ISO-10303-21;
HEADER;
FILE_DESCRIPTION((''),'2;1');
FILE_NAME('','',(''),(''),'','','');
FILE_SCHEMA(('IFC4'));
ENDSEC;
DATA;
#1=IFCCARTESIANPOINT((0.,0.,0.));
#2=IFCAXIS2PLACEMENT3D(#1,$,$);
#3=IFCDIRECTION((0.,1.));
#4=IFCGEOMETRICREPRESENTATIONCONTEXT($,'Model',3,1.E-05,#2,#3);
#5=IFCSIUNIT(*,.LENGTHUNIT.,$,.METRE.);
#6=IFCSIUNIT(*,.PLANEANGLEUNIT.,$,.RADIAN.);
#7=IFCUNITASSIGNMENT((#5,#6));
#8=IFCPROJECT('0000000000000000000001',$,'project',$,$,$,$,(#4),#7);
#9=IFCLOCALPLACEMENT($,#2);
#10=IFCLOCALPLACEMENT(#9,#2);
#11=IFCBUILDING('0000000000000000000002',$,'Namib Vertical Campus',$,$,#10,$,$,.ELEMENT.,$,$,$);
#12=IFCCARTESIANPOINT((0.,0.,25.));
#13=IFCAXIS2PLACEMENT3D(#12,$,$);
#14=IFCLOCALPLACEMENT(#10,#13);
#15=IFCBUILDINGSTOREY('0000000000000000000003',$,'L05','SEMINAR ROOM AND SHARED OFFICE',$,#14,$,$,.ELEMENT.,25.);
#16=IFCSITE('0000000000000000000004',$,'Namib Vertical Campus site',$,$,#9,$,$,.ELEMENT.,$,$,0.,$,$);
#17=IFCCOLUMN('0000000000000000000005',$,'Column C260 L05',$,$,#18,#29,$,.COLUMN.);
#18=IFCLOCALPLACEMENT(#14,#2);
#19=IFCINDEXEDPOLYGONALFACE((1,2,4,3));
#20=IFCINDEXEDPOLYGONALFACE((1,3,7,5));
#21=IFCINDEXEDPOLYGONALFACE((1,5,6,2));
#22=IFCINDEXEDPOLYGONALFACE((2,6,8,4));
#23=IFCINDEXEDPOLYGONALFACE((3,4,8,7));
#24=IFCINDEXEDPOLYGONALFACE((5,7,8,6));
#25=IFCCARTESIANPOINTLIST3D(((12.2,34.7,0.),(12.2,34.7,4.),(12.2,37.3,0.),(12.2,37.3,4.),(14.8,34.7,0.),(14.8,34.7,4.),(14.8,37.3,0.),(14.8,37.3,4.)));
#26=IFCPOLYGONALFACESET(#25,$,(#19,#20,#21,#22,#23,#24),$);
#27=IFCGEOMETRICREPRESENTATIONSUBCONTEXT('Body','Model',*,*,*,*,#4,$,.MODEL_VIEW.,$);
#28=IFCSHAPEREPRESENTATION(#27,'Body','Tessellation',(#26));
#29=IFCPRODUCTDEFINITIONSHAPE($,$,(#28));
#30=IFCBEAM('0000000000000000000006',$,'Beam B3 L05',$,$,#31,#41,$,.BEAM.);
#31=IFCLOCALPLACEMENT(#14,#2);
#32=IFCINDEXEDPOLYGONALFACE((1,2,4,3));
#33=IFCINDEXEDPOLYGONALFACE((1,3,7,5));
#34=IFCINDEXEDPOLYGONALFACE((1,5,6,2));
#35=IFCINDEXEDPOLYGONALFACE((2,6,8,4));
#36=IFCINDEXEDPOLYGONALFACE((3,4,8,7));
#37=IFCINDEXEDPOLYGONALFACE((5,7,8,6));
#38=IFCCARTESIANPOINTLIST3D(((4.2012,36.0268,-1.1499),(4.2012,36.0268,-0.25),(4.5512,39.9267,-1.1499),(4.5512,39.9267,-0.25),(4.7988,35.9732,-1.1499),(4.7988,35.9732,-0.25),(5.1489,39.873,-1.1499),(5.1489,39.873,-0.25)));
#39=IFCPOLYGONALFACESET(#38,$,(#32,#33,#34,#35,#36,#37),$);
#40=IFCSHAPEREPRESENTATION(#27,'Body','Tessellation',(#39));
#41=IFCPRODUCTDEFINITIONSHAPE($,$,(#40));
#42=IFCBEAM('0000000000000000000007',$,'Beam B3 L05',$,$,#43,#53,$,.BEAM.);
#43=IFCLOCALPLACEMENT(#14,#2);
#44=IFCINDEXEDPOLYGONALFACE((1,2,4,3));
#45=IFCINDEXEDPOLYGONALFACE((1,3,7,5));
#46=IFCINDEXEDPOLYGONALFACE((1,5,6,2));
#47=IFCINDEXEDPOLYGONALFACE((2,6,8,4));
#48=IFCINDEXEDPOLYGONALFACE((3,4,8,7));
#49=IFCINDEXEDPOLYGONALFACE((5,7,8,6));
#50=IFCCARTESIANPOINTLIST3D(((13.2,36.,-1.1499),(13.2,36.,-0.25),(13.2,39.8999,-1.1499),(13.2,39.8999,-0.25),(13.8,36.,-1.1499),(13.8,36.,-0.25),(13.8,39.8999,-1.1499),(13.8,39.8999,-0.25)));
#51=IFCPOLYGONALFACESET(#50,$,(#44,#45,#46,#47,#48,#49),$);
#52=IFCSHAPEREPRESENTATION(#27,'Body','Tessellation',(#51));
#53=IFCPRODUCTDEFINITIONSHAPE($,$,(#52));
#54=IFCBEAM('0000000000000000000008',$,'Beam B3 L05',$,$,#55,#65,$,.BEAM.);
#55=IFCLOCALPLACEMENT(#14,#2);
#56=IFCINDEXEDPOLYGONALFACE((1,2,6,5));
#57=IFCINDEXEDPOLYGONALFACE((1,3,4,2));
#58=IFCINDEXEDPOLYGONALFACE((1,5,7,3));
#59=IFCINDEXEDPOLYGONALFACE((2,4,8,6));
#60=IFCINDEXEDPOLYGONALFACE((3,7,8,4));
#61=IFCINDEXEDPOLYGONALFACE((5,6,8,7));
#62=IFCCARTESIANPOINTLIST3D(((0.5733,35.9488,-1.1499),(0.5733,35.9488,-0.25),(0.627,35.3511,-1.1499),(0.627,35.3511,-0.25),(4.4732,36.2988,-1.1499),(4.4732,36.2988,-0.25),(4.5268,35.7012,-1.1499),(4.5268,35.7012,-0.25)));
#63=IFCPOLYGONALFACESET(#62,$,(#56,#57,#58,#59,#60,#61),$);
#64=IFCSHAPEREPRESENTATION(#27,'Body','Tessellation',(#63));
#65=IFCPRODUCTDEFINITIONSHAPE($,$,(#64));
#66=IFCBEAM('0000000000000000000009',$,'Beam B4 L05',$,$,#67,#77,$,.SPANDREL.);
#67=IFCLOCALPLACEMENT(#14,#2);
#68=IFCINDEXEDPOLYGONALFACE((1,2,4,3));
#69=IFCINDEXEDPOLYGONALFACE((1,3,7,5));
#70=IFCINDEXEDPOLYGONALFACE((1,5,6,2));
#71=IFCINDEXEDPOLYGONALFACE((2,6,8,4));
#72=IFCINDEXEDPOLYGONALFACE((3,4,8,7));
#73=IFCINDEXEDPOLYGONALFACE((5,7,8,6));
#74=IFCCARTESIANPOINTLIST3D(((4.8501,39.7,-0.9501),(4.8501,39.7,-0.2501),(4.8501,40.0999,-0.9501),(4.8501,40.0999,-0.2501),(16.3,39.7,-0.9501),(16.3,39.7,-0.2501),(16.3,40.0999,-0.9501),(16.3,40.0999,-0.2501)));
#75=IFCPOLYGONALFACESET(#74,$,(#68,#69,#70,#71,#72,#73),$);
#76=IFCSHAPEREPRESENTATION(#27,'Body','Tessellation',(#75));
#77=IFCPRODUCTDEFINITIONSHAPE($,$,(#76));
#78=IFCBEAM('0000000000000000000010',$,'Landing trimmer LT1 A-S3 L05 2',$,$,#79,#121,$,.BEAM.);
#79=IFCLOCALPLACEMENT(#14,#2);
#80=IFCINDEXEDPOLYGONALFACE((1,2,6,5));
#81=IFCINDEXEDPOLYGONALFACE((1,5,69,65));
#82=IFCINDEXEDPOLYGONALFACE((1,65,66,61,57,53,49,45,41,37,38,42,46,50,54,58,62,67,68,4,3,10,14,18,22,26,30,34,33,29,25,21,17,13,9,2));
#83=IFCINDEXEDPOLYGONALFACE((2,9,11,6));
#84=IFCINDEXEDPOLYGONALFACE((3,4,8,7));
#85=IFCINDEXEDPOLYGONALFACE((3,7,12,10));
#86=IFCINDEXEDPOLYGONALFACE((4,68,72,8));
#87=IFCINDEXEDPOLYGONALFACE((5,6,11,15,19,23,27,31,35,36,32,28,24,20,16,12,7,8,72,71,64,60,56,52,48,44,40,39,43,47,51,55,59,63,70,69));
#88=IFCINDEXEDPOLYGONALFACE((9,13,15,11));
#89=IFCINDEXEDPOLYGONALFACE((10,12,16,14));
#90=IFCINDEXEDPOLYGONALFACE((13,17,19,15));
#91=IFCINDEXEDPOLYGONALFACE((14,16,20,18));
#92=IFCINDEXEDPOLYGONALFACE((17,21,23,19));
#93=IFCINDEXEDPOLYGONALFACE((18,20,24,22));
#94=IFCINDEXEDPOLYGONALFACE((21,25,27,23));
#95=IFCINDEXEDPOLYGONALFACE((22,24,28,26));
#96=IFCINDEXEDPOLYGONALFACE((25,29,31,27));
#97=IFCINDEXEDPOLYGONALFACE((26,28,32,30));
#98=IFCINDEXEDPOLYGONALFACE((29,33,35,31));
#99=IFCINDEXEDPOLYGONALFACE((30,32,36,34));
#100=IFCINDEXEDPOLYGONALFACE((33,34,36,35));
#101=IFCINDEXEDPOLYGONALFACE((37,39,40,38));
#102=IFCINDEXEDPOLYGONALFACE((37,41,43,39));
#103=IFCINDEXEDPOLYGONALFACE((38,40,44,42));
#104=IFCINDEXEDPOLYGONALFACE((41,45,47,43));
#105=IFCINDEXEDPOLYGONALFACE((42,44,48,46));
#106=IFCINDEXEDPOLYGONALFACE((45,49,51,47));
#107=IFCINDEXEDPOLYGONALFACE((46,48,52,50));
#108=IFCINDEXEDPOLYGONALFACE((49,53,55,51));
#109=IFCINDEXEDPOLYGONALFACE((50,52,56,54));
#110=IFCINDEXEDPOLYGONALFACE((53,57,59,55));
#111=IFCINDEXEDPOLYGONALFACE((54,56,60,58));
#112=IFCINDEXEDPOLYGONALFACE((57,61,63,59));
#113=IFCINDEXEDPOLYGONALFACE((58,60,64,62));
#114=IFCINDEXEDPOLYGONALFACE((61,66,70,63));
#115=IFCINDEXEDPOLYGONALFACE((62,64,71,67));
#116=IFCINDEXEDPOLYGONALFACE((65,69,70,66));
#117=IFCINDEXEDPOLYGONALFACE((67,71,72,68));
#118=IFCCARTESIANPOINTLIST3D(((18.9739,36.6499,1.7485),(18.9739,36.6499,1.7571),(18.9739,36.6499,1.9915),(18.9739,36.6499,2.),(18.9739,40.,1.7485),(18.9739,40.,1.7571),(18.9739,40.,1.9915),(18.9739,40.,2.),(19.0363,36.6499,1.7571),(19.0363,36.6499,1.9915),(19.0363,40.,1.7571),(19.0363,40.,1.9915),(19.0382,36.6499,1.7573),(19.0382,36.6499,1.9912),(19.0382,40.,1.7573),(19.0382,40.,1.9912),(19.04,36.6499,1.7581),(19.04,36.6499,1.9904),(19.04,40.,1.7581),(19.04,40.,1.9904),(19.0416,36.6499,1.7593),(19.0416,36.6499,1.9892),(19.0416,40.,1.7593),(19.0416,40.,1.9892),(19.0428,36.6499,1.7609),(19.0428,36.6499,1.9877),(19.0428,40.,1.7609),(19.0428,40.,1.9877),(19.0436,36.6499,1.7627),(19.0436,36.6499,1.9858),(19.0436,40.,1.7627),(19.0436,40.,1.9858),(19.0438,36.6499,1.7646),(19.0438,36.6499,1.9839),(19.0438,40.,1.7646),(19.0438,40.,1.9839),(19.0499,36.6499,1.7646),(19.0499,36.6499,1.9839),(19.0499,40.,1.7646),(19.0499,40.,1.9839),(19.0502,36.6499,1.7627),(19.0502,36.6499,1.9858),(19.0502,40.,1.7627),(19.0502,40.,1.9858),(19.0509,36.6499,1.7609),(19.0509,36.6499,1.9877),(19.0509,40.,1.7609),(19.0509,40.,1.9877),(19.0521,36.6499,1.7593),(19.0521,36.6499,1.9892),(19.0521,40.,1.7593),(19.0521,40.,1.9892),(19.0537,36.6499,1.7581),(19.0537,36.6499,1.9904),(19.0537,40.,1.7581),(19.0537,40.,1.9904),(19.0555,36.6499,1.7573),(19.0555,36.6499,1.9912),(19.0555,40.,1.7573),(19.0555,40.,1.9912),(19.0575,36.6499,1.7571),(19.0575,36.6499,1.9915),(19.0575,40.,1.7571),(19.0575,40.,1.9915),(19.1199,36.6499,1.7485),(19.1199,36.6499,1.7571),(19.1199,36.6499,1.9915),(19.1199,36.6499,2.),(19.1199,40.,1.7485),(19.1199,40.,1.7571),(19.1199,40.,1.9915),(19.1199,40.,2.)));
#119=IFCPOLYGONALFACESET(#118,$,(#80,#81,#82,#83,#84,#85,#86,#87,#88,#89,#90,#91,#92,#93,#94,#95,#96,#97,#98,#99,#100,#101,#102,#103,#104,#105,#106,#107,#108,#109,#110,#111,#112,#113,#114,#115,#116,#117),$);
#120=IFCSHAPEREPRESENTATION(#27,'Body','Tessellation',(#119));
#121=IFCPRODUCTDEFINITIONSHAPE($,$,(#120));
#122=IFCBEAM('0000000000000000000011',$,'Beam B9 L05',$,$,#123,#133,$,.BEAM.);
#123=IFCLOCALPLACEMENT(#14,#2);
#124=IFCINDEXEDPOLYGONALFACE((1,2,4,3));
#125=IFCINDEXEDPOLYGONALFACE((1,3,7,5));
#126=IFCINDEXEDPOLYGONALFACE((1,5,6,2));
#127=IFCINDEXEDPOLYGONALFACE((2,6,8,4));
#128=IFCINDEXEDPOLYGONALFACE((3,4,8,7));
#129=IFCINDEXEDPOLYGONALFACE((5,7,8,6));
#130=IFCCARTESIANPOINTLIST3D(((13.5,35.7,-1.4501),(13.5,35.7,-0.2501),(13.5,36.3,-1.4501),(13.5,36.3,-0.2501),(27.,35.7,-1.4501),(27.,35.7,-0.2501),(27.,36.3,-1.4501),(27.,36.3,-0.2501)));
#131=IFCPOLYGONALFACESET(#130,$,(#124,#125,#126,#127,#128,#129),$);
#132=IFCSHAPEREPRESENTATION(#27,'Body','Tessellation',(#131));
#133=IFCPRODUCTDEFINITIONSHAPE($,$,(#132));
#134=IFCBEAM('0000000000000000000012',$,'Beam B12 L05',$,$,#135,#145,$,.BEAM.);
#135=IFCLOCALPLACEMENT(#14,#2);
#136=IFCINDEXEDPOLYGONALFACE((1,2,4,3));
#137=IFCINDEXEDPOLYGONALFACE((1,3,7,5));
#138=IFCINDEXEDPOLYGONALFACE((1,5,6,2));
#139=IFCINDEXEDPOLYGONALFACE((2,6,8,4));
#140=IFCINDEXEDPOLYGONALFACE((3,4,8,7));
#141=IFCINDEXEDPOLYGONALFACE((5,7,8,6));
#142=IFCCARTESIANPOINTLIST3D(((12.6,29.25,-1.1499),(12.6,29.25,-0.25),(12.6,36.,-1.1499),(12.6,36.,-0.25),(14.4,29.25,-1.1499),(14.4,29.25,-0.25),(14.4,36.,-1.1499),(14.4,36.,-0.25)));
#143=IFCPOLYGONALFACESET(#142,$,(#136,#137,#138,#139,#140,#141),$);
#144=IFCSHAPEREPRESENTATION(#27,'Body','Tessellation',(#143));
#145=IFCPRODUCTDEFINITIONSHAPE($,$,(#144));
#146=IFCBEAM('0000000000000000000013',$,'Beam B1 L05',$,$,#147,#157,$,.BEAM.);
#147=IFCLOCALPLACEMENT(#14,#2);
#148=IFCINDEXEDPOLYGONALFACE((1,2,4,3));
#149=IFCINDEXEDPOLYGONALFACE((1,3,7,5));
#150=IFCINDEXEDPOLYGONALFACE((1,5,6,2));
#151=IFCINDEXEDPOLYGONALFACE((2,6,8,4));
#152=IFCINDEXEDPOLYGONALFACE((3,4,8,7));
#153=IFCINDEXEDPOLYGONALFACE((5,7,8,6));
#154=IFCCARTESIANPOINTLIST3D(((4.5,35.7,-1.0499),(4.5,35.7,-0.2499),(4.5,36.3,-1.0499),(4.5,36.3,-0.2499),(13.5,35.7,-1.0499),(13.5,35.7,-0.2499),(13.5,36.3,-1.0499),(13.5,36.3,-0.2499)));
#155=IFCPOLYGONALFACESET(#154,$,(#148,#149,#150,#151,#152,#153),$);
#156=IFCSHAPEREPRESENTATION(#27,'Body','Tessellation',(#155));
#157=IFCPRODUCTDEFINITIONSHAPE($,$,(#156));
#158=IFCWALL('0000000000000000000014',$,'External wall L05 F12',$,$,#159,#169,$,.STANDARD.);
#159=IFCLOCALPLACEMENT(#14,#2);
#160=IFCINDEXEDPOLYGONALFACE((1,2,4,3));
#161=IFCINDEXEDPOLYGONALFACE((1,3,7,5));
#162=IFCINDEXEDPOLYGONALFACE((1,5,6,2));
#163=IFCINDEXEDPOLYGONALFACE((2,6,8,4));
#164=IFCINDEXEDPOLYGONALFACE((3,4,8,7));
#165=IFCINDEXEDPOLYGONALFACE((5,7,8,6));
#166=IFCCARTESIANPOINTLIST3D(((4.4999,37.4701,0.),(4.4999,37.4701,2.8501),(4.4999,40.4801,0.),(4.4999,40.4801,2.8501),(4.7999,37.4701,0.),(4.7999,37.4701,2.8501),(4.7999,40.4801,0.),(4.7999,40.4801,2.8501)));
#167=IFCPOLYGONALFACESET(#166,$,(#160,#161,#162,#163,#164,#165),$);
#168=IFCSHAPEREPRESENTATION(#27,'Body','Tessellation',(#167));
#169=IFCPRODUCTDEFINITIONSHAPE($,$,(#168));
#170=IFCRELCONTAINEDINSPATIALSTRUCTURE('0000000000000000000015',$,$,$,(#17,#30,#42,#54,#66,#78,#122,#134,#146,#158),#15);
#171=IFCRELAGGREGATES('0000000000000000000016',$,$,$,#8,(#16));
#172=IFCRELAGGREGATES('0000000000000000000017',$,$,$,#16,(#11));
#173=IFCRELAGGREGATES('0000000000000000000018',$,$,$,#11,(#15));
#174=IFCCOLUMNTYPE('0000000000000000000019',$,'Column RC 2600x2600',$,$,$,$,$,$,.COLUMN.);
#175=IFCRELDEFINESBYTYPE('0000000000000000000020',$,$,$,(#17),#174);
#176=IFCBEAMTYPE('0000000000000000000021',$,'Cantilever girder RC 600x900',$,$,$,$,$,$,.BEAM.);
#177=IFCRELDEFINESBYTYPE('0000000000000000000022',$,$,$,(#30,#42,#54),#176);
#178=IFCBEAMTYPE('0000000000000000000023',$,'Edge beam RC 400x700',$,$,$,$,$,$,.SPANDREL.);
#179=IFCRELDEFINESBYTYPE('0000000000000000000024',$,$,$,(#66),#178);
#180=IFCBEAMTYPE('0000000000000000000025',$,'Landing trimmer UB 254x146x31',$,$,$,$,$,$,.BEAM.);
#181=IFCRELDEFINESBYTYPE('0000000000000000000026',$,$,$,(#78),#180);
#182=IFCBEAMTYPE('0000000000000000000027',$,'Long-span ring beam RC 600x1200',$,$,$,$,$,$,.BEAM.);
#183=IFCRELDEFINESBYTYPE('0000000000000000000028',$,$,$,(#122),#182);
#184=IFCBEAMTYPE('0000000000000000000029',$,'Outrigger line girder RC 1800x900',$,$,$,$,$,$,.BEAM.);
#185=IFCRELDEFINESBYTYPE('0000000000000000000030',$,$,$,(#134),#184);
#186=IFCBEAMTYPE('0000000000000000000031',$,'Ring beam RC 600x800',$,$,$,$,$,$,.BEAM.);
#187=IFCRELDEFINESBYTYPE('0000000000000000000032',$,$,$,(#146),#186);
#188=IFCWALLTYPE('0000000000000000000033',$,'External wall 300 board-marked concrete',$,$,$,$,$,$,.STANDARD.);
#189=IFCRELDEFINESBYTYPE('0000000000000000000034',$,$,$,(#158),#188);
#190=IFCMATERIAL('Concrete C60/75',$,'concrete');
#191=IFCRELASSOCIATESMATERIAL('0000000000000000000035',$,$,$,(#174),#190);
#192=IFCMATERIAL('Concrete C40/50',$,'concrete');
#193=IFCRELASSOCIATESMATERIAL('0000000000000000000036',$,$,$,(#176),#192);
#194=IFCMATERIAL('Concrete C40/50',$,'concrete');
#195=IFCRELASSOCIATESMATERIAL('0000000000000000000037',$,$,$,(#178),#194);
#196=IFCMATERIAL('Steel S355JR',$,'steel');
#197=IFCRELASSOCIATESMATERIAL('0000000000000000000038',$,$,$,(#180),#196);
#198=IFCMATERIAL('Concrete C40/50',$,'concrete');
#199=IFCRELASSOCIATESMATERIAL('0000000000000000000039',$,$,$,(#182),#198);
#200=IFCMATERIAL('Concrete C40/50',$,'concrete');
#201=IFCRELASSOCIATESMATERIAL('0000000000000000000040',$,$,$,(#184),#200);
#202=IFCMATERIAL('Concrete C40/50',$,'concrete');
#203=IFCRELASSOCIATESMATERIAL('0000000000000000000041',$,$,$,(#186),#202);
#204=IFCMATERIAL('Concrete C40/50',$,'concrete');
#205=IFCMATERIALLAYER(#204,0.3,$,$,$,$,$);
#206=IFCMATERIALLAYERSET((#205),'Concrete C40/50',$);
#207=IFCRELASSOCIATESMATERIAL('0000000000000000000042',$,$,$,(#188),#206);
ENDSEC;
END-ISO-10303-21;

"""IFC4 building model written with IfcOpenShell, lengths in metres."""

from ifc_helpers import new_model, si_unit, direction, frame, frame_2d, origin, origin_2d, place, context, subcontext, project, spatial, rectangle, i_section, extrude, material, layer, layer_set, material_profile, profile_set, type_object, element, save


model = new_model("IFC4")

# Units and contexts
model_context = context("Model", 3, precision=1e-05, world=origin(), true_north=direction((0.0, 1.0)))
body_context = subcontext(model_context, "Body", "Model", "MODEL_VIEW")
ifc_project = project(units=[si_unit("LENGTHUNIT", "METRE"), si_unit("PLANEANGLEUNIT", "RADIAN")], contexts=[model_context])

# Site, building, storey
site_placement = place(None, origin())
site = spatial("IfcSite", under=ifc_project, at=site_placement, Name="Namib Vertical Campus site", CompositionType="ELEMENT", RefElevation=0.0)
building_placement = place(site_placement, origin())
building = spatial("IfcBuilding", under=site, at=building_placement, Name="Namib Vertical Campus", CompositionType="ELEMENT")
storey_placement = place(building_placement, frame((0.0, 0.0, 25.0)))
storey = spatial("IfcBuildingStorey", under=building, at=storey_placement, Name="L05", Description="SEMINAR ROOM AND SHARED OFFICE", CompositionType="ELEMENT", Elevation=25.0)

# Column
ifc_material_1 = material(Name="Concrete C60/75", Category="concrete")
ifc_material_profile_1 = material_profile(ifc_material_1, rectangle(XDim=2.6001, YDim=2.6001, at=origin_2d()))
ifc_profile_set_1 = profile_set([ifc_material_profile_1], Name="Concrete C60/75")
column_type = type_object("IfcColumnType", Name="Column RC 2600x2600", PredefinedType="COLUMN", material=ifc_profile_set_1)
column_placement = place(storey_placement, frame((13.5, 36.0, 0.0), z_axis=(0.0, 0.0, 1.0), x_axis=(1.0, 0.0, 0.0)))
element("IfcColumn", 1, at=column_placement, inside=storey, type_object=column_type, Name="Column C260 L05", PredefinedType="COLUMN", context=body_context, shape_type="SweptSolid", body=[
    extrude(rectangle(XDim=2.6001, YDim=2.6001, at=origin_2d()), origin(), (0.0, 0.0, 1.0), 4.0),
])

# Beams
ifc_material_2 = material(Name="Concrete C40/50", Category="concrete")
ifc_material_profile_2 = material_profile(ifc_material_2, rectangle(XDim=0.6001, YDim=0.8999, at=origin_2d()))
ifc_profile_set_2 = profile_set([ifc_material_profile_2], Name="Concrete C40/50")
beam_type_1 = type_object("IfcBeamType", Name="Cantilever girder RC 600x900", PredefinedType="BEAM", material=ifc_profile_set_2)
beam_1_placement = place(storey_placement, frame((4.5, 36.0, -0.7), z_axis=(0.089411, 0.995995, 0.0), x_axis=(-0.995995, 0.089411, 0.0)))
element("IfcBeam", 2, at=beam_1_placement, inside=storey, type_object=beam_type_1, Name="Beam B3 L05", PredefinedType="BEAM", context=body_context, shape_type="SweptSolid", body=[
    extrude(rectangle(XDim=0.6001, YDim=0.8999, at=origin_2d()), origin(), (0.0, 0.0, 1.0), 3.9155),
])
beam_2_placement = place(storey_placement, frame((13.5, 36.0, -0.7), z_axis=(0.0, 1.0, 0.0), x_axis=(-1.0, 0.0, 0.0)))
element("IfcBeam", 3, at=beam_2_placement, inside=storey, type_object=beam_type_1, Name="Beam B3 L05", PredefinedType="BEAM", context=body_context, shape_type="SweptSolid", body=[
    extrude(rectangle(XDim=0.6001, YDim=0.8999, at=origin_2d()), origin(), (0.0, 0.0, 1.0), 3.8999),
])
beam_3_placement = place(storey_placement, frame((4.5, 36.0, -0.7), z_axis=(-0.995995, -0.089411, 0.0), x_axis=(0.089411, -0.995995, 0.0)))
element("IfcBeam", 4, at=beam_3_placement, inside=storey, type_object=beam_type_1, Name="Beam B3 L05", PredefinedType="BEAM", context=body_context, shape_type="SweptSolid", body=[
    extrude(rectangle(XDim=0.6001, YDim=0.8999, at=origin_2d()), origin(), (0.0, 0.0, 1.0), 3.9155),
])
ifc_material_3 = material(Name="Concrete C40/50", Category="concrete")
ifc_material_profile_3 = material_profile(ifc_material_3, rectangle(XDim=0.3999, YDim=0.7, at=origin_2d()))
ifc_profile_set_3 = profile_set([ifc_material_profile_3], Name="Concrete C40/50")
beam_type_2 = type_object("IfcBeamType", Name="Edge beam RC 400x700", PredefinedType="SPANDREL", material=ifc_profile_set_3)
beam_4_placement = place(storey_placement, frame((4.8501, 39.8999, -0.6001), z_axis=(1.0, 0.0, 0.0), x_axis=(0.0, 1.0, 0.0)))
element("IfcBeam", 5, at=beam_4_placement, inside=storey, type_object=beam_type_2, Name="Beam B4 L05", PredefinedType="SPANDREL", context=body_context, shape_type="SweptSolid", body=[
    extrude(rectangle(XDim=0.3999, YDim=0.7, at=origin_2d()), origin(), (0.0, 0.0, 1.0), 11.45),
])
ifc_material_4 = material(Name="Steel S355JR", Category="steel")
ifc_material_profile_4 = material_profile(ifc_material_4, i_section(OverallWidth=0.146, OverallDepth=0.2515, WebThickness=0.0061, FlangeThickness=0.0085, FilletRadius=0.0076, at=origin_2d()))
ifc_profile_set_4 = profile_set([ifc_material_profile_4], Name="Steel S355JR")
beam_type_3 = type_object("IfcBeamType", Name="Landing trimmer UB 254x146x31", PredefinedType="BEAM", material=ifc_profile_set_4)
beam_5_placement = place(storey_placement, frame((19.0469, 36.6499, 1.8743), z_axis=(0.0, 1.0, 0.0), x_axis=(-1.0, 0.0, 0.0)))
element("IfcBeam", 6, at=beam_5_placement, inside=storey, type_object=beam_type_3, Name="Landing trimmer LT1 A-S3 L05 2", PredefinedType="BEAM", context=body_context, shape_type="SweptSolid", body=[
    extrude(i_section(OverallWidth=0.146, OverallDepth=0.2515, WebThickness=0.0061, FlangeThickness=0.0085, FilletRadius=0.0076, at=origin_2d()), origin(), (0.0, 0.0, 1.0), 3.3501),
])
ifc_material_5 = material(Name="Concrete C40/50", Category="concrete")
ifc_material_profile_5 = material_profile(ifc_material_5, rectangle(XDim=0.6001, YDim=1.2, at=origin_2d()))
ifc_profile_set_5 = profile_set([ifc_material_profile_5], Name="Concrete C40/50")
beam_type_4 = type_object("IfcBeamType", Name="Long-span ring beam RC 600x1200", PredefinedType="BEAM", material=ifc_profile_set_5)
beam_6_placement = place(storey_placement, frame((13.5, 36.0, -0.8501), z_axis=(1.0, 0.0, 0.0), x_axis=(0.0, 1.0, 0.0)))
element("IfcBeam", 7, at=beam_6_placement, inside=storey, type_object=beam_type_4, Name="Beam B9 L05", PredefinedType="BEAM", context=body_context, shape_type="SweptSolid", body=[
    extrude(rectangle(XDim=0.6001, YDim=1.2, at=origin_2d()), origin(), (0.0, 0.0, 1.0), 13.5),
])
ifc_material_6 = material(Name="Concrete C40/50", Category="concrete")
ifc_material_profile_6 = material_profile(ifc_material_6, rectangle(XDim=1.8, YDim=0.8999, at=origin_2d()))
ifc_profile_set_6 = profile_set([ifc_material_profile_6], Name="Concrete C40/50")
beam_type_5 = type_object("IfcBeamType", Name="Outrigger line girder RC 1800x900", PredefinedType="BEAM", material=ifc_profile_set_6)
beam_7_placement = place(storey_placement, frame((13.5, 36.0, -0.7), z_axis=(0.0, -1.0, 0.0), x_axis=(1.0, 0.0, 0.0)))
element("IfcBeam", 8, at=beam_7_placement, inside=storey, type_object=beam_type_5, Name="Beam B12 L05", PredefinedType="BEAM", context=body_context, shape_type="SweptSolid", body=[
    extrude(rectangle(XDim=1.8, YDim=0.8999, at=origin_2d()), origin(), (0.0, 0.0, 1.0), 6.75),
])
ifc_material_7 = material(Name="Concrete C40/50", Category="concrete")
ifc_material_profile_7 = material_profile(ifc_material_7, rectangle(XDim=0.6001, YDim=0.8, at=origin_2d()))
ifc_profile_set_7 = profile_set([ifc_material_profile_7], Name="Concrete C40/50")
beam_type_6 = type_object("IfcBeamType", Name="Ring beam RC 600x800", PredefinedType="BEAM", material=ifc_profile_set_7)
beam_8_placement = place(storey_placement, frame((4.5, 36.0, -0.6499), z_axis=(1.0, 0.0, 0.0), x_axis=(0.0, 1.0, 0.0)))
element("IfcBeam", 9, at=beam_8_placement, inside=storey, type_object=beam_type_6, Name="Beam B1 L05", PredefinedType="BEAM", context=body_context, shape_type="SweptSolid", body=[
    extrude(rectangle(XDim=0.6001, YDim=0.8, at=origin_2d()), origin(), (0.0, 0.0, 1.0), 9.0),
])

# Wall
ifc_material_8 = material(Name="Concrete C40/50", Category="concrete")
ifc_layer_1 = layer(ifc_material_8, 0.3)
ifc_layer_set_1 = layer_set([ifc_layer_1], Name="Concrete C40/50")
wall_type_1 = type_object("IfcWallType", Name="External wall 300 board-marked concrete", PredefinedType="STANDARD", material=ifc_layer_set_1)
wall_1_placement = place(storey_placement, frame((4.6499, 40.48, 0.0), z_axis=(0.0, 0.0, 1.0), x_axis=(0.0, -1.0, 0.0)))
element("IfcWall", 10, at=wall_1_placement, inside=storey, type_object=wall_type_1, Name="External wall L05 F12", PredefinedType="STANDARD", context=body_context, shape_type="SweptSolid", body=[
    extrude(rectangle(XDim=3.01, YDim=0.3, at=frame_2d((1.5049, 0.0))), origin(), (0.0, 0.0, 1.0), 2.8501),
])

save(model, "model.ifc")
